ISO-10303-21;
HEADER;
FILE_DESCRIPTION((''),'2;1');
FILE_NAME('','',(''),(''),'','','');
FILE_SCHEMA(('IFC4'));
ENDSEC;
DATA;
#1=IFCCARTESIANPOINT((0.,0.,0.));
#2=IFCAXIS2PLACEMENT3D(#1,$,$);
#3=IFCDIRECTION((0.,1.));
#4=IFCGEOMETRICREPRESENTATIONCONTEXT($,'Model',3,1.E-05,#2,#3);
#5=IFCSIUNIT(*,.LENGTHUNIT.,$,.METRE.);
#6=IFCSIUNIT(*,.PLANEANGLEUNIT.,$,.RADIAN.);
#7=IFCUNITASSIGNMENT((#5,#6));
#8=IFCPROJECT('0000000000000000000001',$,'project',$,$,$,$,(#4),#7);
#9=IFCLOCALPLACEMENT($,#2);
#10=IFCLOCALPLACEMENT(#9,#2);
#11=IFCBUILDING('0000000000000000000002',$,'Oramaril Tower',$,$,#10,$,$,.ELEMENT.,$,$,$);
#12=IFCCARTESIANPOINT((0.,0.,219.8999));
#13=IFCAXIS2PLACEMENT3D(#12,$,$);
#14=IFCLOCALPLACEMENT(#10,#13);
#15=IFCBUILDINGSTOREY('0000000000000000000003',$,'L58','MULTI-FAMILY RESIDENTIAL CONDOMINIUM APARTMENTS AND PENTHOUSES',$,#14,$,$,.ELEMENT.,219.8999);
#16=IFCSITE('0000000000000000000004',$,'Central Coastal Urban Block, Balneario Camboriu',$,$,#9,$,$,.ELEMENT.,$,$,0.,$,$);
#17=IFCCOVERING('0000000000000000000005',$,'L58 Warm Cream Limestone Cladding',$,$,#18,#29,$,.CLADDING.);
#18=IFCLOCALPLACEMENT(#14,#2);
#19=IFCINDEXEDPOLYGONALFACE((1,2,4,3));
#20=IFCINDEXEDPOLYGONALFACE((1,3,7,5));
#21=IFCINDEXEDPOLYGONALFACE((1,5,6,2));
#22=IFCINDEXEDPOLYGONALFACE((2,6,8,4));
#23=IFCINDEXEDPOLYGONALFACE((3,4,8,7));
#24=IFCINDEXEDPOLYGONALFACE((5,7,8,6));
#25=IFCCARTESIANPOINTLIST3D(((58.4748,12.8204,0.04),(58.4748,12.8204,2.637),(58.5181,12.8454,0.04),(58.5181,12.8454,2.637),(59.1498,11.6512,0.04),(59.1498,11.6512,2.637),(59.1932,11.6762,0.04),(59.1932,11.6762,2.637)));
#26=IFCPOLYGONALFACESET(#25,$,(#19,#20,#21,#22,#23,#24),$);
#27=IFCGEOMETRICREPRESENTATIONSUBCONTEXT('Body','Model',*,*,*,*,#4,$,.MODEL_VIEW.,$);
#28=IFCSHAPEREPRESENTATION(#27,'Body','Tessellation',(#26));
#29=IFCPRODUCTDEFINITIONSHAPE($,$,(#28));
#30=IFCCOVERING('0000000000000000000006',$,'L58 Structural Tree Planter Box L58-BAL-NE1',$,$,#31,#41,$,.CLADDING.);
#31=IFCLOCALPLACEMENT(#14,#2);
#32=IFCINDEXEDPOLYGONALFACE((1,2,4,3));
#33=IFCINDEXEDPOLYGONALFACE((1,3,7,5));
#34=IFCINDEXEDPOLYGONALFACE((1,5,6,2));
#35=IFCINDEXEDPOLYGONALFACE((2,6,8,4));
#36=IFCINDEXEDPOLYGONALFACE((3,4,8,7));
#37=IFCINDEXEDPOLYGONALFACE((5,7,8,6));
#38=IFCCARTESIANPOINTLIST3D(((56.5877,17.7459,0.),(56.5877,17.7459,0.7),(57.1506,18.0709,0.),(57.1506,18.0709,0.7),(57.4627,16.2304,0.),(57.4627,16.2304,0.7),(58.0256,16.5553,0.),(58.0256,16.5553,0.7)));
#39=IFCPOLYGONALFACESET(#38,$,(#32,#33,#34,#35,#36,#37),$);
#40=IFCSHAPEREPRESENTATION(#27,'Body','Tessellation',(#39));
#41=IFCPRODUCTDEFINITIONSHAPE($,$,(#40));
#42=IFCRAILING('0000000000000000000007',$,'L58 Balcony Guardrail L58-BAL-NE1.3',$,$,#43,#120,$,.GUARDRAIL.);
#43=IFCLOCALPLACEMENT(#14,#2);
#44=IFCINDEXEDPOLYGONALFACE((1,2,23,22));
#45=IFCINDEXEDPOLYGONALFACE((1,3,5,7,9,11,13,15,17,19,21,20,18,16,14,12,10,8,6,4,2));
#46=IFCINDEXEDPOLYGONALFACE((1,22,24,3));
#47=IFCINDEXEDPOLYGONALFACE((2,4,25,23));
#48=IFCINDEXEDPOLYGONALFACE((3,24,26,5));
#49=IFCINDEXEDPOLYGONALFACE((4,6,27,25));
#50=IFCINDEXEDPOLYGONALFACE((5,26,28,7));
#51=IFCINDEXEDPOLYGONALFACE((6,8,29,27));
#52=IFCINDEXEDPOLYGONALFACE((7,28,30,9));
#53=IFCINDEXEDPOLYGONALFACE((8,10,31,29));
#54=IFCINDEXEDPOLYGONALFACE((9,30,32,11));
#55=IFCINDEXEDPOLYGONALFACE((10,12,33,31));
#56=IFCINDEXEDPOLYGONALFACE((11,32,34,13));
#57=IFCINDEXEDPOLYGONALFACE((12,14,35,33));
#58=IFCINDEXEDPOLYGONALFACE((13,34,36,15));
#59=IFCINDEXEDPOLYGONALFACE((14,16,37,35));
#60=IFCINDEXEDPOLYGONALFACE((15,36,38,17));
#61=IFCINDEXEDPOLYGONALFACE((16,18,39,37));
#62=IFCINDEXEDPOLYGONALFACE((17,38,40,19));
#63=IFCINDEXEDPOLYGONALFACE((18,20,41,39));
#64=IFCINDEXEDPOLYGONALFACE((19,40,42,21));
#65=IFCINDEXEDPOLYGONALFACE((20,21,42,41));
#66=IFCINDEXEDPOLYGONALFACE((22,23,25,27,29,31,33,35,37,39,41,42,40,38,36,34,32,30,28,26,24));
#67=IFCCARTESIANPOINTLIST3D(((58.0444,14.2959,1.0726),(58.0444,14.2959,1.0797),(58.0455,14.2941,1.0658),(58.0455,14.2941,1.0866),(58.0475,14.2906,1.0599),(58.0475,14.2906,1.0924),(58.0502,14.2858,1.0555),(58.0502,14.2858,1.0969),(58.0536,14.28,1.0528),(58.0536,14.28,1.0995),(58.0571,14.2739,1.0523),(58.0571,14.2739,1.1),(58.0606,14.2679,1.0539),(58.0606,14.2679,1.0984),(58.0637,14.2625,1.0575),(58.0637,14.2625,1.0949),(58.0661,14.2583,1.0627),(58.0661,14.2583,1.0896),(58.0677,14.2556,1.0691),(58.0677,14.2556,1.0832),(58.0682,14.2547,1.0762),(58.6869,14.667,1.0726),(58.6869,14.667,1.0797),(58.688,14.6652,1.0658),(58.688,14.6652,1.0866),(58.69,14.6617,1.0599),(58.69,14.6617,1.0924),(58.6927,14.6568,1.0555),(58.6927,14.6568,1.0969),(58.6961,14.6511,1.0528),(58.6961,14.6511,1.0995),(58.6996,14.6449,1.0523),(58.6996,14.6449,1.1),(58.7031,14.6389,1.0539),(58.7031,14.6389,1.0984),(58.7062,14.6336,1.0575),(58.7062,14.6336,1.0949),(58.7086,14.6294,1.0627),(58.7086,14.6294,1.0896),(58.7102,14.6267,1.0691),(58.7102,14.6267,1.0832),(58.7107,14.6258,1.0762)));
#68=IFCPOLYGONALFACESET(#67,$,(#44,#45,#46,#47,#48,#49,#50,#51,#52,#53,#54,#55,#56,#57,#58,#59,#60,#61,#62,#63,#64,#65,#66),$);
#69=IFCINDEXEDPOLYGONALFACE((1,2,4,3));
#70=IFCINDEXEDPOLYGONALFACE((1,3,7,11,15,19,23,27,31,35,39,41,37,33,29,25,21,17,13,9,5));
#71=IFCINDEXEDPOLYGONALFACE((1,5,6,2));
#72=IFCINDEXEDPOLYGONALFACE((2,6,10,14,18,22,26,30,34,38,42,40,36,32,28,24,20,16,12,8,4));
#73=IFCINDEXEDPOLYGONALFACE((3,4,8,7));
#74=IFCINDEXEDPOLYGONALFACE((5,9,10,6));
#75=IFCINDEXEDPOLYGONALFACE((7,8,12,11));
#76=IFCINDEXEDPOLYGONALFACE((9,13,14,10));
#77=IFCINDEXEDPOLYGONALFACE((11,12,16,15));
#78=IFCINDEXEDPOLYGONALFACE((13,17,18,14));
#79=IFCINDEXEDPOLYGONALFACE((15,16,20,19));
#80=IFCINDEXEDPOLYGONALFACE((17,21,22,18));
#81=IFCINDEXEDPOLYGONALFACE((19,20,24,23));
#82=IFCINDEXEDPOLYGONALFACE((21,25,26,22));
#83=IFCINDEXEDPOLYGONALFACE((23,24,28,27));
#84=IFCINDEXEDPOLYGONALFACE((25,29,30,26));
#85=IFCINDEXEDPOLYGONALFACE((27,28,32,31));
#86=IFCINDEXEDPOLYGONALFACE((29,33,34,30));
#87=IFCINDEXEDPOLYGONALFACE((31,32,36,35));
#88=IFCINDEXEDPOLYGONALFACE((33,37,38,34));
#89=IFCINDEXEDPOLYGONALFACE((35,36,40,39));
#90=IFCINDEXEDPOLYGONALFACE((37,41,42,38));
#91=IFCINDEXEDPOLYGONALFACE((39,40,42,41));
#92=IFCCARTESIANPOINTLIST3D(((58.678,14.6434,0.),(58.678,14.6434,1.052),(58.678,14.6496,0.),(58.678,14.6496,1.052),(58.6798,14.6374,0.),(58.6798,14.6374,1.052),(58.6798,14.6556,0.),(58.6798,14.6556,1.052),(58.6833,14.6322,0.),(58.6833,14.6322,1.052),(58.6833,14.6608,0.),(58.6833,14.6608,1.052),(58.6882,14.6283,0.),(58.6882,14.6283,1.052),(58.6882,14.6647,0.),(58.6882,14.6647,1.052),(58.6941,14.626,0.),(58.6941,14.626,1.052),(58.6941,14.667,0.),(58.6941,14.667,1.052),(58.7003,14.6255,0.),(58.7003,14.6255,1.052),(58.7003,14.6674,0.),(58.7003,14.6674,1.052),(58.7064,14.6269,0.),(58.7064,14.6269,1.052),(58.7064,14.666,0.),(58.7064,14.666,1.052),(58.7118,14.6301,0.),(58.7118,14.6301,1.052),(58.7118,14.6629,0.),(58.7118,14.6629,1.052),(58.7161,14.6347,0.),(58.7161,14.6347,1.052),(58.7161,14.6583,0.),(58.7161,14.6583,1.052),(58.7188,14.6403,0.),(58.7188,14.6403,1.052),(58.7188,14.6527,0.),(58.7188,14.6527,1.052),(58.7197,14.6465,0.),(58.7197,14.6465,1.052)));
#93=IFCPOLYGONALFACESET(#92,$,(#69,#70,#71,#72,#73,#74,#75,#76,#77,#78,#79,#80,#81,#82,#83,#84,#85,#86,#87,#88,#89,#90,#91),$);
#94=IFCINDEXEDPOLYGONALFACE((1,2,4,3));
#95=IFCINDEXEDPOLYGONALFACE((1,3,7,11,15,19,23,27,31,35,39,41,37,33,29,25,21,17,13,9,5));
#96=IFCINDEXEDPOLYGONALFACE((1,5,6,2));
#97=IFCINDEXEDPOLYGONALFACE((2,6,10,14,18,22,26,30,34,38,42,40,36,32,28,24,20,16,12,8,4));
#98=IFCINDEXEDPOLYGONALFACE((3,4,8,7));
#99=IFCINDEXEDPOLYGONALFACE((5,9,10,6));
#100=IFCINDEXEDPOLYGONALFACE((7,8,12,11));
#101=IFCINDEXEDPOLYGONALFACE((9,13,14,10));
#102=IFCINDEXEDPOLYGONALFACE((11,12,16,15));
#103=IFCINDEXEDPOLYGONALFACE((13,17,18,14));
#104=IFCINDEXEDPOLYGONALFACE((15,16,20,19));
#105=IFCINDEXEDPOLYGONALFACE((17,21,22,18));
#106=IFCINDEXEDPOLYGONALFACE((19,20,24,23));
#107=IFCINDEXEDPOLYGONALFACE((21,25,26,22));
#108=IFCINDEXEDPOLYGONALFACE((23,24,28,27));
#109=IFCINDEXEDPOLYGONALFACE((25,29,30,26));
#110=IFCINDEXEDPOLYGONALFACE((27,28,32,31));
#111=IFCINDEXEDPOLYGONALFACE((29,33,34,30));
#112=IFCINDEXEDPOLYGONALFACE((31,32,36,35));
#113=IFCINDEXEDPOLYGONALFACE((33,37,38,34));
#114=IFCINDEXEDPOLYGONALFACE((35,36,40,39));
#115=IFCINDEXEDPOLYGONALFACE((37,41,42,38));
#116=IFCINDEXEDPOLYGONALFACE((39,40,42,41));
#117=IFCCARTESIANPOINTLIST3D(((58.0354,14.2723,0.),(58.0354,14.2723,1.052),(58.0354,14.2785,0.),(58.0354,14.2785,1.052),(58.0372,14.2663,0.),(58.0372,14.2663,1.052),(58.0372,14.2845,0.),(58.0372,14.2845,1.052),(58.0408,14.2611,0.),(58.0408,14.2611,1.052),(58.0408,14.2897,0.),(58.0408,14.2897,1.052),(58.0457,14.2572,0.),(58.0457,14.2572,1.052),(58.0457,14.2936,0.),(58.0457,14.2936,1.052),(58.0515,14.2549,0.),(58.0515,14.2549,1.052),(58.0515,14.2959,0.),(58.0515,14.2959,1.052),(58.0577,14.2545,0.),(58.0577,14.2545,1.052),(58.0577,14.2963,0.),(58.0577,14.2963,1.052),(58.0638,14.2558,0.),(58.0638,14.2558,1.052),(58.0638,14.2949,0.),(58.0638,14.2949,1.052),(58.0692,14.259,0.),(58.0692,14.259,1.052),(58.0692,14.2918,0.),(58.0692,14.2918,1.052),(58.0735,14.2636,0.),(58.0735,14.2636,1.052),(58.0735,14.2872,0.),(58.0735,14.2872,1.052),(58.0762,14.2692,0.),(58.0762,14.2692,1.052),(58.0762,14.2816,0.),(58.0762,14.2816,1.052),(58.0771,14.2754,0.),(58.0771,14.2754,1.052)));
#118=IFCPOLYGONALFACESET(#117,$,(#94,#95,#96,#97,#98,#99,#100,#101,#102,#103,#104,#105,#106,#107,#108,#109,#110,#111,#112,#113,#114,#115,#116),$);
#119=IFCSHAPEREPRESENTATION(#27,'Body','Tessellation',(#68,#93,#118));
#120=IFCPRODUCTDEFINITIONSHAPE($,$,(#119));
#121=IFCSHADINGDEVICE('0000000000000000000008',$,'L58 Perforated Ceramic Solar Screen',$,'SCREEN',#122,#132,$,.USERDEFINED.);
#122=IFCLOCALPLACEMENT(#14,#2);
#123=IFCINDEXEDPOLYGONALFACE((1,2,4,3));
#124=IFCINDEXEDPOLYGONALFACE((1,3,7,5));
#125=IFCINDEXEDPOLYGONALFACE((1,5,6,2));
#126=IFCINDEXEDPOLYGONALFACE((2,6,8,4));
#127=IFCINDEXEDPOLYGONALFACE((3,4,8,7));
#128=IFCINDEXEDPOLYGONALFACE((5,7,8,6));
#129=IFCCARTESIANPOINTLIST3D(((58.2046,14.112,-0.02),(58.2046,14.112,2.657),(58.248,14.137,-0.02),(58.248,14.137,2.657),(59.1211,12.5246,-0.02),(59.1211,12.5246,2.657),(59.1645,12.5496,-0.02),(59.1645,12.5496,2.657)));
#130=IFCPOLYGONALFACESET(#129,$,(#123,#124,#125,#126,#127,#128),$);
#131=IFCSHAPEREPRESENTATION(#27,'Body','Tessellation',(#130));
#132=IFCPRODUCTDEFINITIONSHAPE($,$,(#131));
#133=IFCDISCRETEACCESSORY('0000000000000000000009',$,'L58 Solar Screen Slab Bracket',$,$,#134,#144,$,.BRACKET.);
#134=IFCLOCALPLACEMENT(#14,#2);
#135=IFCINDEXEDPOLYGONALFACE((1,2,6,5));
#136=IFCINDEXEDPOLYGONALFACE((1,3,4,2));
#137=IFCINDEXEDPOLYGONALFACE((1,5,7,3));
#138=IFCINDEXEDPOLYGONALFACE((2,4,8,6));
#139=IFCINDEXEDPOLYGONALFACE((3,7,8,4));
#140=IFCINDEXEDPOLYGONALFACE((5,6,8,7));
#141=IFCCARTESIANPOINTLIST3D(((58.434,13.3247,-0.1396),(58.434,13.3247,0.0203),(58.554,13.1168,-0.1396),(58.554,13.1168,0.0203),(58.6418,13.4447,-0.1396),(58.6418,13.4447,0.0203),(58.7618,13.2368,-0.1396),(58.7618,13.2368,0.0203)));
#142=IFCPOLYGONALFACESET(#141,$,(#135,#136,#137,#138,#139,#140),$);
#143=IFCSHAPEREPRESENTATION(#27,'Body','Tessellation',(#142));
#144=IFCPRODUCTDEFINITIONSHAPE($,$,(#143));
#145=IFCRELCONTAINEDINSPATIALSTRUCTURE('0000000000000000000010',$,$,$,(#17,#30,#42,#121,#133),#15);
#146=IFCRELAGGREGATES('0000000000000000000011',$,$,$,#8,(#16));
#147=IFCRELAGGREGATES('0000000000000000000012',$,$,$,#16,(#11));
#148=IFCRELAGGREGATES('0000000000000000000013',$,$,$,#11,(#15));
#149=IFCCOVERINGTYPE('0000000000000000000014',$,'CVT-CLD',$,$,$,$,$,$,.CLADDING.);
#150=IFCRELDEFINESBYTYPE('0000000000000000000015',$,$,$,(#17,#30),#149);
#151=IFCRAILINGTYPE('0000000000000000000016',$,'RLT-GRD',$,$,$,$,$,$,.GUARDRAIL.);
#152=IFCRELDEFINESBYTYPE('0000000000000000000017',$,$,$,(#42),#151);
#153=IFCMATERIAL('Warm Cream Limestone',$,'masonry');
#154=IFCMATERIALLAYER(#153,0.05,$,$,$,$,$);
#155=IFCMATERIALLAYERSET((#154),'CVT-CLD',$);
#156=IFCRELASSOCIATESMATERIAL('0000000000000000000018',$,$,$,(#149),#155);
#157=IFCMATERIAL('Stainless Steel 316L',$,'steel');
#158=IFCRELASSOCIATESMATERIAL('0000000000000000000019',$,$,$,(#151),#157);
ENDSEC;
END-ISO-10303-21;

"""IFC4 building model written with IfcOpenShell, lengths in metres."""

from ifc_helpers import new_model, si_unit, direction, frame, origin, origin_2d, place, context, subcontext, project, spatial, rectangle, circle, extrude, material, layer, layer_set, type_object, element, save


model = new_model("IFC4")

# Units and contexts
model_context = context("Model", 3, precision=1e-05, world=origin(), true_north=direction((0.0, 1.0)))
body_context = subcontext(model_context, "Body", "Model", "MODEL_VIEW")
ifc_project = project(units=[si_unit("LENGTHUNIT", "METRE"), si_unit("PLANEANGLEUNIT", "RADIAN")], contexts=[model_context])

# Site, building, storey
site_placement = place(None, origin())
site = spatial("IfcSite", under=ifc_project, at=site_placement, Name="Central Coastal Urban Block, Balneario Camboriu", CompositionType="ELEMENT", RefElevation=0.0)
building_placement = place(site_placement, origin())
building = spatial("IfcBuilding", under=site, at=building_placement, Name="Oramaril Tower", CompositionType="ELEMENT")
storey_placement = place(building_placement, frame((0.0, 0.0, 219.8999)))
storey = spatial("IfcBuildingStorey", under=building, at=storey_placement, Name="L58", Description="MULTI-FAMILY RESIDENTIAL CONDOMINIUM APARTMENTS AND PENTHOUSES", CompositionType="ELEMENT", Elevation=219.8999)

# Coverings
ifc_material_1 = material(Name="Warm Cream Limestone", Category="masonry")
ifc_layer_1 = layer(ifc_material_1, 0.05)
ifc_layer_set_1 = layer_set([ifc_layer_1], Name="CVT-CLD")
covering_type = type_object("IfcCoveringType", Name="CVT-CLD", PredefinedType="CLADDING", material=ifc_layer_set_1)
covering_1_placement = place(storey_placement, frame((58.834, 12.2483, 0.04), z_axis=(0.0, 0.0, 1.0), x_axis=(-0.499998, 0.866026, 0.0)))
element("IfcCovering", 1, at=covering_1_placement, inside=storey, type_object=covering_type, Name="L58 Warm Cream Limestone Cladding", PredefinedType="CLADDING", context=body_context, shape_type="SweptSolid", body=[
    extrude(rectangle(XDim=1.3501, YDim=0.05, at=origin_2d()), origin(), (0.0, 0.0, 1.0), 2.5969),
])
covering_2_placement = place(storey_placement, frame((57.3066, 17.1506, 0.0), z_axis=(0.0, 0.0, 1.0), x_axis=(-0.5, 0.866025, 0.0)))
element("IfcCovering", 2, at=covering_2_placement, inside=storey, type_object=covering_type, Name="L58 Structural Tree Planter Box L58-BAL-NE1", PredefinedType="CLADDING", context=body_context, shape_type="SweptSolid", body=[
    extrude(rectangle(XDim=1.75, YDim=0.6499, at=origin_2d()), origin(), (0.0, 0.0, 1.0), 0.7),
])

# Railing
ifc_material_2 = material(Name="Stainless Steel 316L", Category="steel")
railing_type = type_object("IfcRailingType", Name="RLT-GRD", PredefinedType="GUARDRAIL", material=ifc_material_2)
railing_placement = place(storey_placement, frame((58.6987, 14.6465, 0.0)))
element("IfcRailing", 3, at=railing_placement, inside=storey, type_object=railing_type, Name="L58 Balcony Guardrail L58-BAL-NE1.3", PredefinedType="GUARDRAIL", context=body_context, shape_type="SweptSolid", body=[
    extrude(circle(Radius=0.0239, at=origin_2d()), frame((0.0, 0.0, 1.0762), z_axis=(-0.865966, -0.500102, 0.0), x_axis=(0.500102, -0.865966, 0.0)), (0.0, 0.0, 1.0), 0.7419),
    extrude(circle(Radius=0.021, at=origin_2d()), origin(), (0.0, 0.0, 1.0), 1.052),
    extrude(circle(Radius=0.021, at=origin_2d()), frame((-0.6426, -0.3711, 0.0)), (0.0, 0.0, 1.0), 1.052),
])

# Shading device
shading_device_placement = place(storey_placement, frame((58.6846, 13.3308, -0.02), z_axis=(0.0, 0.0, 1.0), x_axis=(-0.499998, 0.866026, 0.0)))
element("IfcShadingDevice", 4, at=shading_device_placement, inside=storey, Name="L58 Perforated Ceramic Solar Screen", ObjectType="SCREEN", PredefinedType="USERDEFINED", context=body_context, shape_type="SweptSolid", body=[
    extrude(rectangle(XDim=1.833, YDim=0.05, at=origin_2d()), origin(), (0.0, 0.0, 1.0), 2.677),
])

# Discrete accessory
discrete_accessory_placement = place(storey_placement, frame((58.5979, 13.2808, -0.1396), z_axis=(0.0, 0.0, 1.0), x_axis=(-0.499998, 0.866026, 0.0)))
element("IfcDiscreteAccessory", 5, at=discrete_accessory_placement, inside=storey, Name="L58 Solar Screen Slab Bracket", PredefinedType="BRACKET", context=body_context, shape_type="SweptSolid", body=[
    extrude(rectangle(XDim=0.24, YDim=0.24, at=origin_2d()), origin(), (0.0, 0.0, 1.0), 0.1599),
])

save(model, "model.ifc")
